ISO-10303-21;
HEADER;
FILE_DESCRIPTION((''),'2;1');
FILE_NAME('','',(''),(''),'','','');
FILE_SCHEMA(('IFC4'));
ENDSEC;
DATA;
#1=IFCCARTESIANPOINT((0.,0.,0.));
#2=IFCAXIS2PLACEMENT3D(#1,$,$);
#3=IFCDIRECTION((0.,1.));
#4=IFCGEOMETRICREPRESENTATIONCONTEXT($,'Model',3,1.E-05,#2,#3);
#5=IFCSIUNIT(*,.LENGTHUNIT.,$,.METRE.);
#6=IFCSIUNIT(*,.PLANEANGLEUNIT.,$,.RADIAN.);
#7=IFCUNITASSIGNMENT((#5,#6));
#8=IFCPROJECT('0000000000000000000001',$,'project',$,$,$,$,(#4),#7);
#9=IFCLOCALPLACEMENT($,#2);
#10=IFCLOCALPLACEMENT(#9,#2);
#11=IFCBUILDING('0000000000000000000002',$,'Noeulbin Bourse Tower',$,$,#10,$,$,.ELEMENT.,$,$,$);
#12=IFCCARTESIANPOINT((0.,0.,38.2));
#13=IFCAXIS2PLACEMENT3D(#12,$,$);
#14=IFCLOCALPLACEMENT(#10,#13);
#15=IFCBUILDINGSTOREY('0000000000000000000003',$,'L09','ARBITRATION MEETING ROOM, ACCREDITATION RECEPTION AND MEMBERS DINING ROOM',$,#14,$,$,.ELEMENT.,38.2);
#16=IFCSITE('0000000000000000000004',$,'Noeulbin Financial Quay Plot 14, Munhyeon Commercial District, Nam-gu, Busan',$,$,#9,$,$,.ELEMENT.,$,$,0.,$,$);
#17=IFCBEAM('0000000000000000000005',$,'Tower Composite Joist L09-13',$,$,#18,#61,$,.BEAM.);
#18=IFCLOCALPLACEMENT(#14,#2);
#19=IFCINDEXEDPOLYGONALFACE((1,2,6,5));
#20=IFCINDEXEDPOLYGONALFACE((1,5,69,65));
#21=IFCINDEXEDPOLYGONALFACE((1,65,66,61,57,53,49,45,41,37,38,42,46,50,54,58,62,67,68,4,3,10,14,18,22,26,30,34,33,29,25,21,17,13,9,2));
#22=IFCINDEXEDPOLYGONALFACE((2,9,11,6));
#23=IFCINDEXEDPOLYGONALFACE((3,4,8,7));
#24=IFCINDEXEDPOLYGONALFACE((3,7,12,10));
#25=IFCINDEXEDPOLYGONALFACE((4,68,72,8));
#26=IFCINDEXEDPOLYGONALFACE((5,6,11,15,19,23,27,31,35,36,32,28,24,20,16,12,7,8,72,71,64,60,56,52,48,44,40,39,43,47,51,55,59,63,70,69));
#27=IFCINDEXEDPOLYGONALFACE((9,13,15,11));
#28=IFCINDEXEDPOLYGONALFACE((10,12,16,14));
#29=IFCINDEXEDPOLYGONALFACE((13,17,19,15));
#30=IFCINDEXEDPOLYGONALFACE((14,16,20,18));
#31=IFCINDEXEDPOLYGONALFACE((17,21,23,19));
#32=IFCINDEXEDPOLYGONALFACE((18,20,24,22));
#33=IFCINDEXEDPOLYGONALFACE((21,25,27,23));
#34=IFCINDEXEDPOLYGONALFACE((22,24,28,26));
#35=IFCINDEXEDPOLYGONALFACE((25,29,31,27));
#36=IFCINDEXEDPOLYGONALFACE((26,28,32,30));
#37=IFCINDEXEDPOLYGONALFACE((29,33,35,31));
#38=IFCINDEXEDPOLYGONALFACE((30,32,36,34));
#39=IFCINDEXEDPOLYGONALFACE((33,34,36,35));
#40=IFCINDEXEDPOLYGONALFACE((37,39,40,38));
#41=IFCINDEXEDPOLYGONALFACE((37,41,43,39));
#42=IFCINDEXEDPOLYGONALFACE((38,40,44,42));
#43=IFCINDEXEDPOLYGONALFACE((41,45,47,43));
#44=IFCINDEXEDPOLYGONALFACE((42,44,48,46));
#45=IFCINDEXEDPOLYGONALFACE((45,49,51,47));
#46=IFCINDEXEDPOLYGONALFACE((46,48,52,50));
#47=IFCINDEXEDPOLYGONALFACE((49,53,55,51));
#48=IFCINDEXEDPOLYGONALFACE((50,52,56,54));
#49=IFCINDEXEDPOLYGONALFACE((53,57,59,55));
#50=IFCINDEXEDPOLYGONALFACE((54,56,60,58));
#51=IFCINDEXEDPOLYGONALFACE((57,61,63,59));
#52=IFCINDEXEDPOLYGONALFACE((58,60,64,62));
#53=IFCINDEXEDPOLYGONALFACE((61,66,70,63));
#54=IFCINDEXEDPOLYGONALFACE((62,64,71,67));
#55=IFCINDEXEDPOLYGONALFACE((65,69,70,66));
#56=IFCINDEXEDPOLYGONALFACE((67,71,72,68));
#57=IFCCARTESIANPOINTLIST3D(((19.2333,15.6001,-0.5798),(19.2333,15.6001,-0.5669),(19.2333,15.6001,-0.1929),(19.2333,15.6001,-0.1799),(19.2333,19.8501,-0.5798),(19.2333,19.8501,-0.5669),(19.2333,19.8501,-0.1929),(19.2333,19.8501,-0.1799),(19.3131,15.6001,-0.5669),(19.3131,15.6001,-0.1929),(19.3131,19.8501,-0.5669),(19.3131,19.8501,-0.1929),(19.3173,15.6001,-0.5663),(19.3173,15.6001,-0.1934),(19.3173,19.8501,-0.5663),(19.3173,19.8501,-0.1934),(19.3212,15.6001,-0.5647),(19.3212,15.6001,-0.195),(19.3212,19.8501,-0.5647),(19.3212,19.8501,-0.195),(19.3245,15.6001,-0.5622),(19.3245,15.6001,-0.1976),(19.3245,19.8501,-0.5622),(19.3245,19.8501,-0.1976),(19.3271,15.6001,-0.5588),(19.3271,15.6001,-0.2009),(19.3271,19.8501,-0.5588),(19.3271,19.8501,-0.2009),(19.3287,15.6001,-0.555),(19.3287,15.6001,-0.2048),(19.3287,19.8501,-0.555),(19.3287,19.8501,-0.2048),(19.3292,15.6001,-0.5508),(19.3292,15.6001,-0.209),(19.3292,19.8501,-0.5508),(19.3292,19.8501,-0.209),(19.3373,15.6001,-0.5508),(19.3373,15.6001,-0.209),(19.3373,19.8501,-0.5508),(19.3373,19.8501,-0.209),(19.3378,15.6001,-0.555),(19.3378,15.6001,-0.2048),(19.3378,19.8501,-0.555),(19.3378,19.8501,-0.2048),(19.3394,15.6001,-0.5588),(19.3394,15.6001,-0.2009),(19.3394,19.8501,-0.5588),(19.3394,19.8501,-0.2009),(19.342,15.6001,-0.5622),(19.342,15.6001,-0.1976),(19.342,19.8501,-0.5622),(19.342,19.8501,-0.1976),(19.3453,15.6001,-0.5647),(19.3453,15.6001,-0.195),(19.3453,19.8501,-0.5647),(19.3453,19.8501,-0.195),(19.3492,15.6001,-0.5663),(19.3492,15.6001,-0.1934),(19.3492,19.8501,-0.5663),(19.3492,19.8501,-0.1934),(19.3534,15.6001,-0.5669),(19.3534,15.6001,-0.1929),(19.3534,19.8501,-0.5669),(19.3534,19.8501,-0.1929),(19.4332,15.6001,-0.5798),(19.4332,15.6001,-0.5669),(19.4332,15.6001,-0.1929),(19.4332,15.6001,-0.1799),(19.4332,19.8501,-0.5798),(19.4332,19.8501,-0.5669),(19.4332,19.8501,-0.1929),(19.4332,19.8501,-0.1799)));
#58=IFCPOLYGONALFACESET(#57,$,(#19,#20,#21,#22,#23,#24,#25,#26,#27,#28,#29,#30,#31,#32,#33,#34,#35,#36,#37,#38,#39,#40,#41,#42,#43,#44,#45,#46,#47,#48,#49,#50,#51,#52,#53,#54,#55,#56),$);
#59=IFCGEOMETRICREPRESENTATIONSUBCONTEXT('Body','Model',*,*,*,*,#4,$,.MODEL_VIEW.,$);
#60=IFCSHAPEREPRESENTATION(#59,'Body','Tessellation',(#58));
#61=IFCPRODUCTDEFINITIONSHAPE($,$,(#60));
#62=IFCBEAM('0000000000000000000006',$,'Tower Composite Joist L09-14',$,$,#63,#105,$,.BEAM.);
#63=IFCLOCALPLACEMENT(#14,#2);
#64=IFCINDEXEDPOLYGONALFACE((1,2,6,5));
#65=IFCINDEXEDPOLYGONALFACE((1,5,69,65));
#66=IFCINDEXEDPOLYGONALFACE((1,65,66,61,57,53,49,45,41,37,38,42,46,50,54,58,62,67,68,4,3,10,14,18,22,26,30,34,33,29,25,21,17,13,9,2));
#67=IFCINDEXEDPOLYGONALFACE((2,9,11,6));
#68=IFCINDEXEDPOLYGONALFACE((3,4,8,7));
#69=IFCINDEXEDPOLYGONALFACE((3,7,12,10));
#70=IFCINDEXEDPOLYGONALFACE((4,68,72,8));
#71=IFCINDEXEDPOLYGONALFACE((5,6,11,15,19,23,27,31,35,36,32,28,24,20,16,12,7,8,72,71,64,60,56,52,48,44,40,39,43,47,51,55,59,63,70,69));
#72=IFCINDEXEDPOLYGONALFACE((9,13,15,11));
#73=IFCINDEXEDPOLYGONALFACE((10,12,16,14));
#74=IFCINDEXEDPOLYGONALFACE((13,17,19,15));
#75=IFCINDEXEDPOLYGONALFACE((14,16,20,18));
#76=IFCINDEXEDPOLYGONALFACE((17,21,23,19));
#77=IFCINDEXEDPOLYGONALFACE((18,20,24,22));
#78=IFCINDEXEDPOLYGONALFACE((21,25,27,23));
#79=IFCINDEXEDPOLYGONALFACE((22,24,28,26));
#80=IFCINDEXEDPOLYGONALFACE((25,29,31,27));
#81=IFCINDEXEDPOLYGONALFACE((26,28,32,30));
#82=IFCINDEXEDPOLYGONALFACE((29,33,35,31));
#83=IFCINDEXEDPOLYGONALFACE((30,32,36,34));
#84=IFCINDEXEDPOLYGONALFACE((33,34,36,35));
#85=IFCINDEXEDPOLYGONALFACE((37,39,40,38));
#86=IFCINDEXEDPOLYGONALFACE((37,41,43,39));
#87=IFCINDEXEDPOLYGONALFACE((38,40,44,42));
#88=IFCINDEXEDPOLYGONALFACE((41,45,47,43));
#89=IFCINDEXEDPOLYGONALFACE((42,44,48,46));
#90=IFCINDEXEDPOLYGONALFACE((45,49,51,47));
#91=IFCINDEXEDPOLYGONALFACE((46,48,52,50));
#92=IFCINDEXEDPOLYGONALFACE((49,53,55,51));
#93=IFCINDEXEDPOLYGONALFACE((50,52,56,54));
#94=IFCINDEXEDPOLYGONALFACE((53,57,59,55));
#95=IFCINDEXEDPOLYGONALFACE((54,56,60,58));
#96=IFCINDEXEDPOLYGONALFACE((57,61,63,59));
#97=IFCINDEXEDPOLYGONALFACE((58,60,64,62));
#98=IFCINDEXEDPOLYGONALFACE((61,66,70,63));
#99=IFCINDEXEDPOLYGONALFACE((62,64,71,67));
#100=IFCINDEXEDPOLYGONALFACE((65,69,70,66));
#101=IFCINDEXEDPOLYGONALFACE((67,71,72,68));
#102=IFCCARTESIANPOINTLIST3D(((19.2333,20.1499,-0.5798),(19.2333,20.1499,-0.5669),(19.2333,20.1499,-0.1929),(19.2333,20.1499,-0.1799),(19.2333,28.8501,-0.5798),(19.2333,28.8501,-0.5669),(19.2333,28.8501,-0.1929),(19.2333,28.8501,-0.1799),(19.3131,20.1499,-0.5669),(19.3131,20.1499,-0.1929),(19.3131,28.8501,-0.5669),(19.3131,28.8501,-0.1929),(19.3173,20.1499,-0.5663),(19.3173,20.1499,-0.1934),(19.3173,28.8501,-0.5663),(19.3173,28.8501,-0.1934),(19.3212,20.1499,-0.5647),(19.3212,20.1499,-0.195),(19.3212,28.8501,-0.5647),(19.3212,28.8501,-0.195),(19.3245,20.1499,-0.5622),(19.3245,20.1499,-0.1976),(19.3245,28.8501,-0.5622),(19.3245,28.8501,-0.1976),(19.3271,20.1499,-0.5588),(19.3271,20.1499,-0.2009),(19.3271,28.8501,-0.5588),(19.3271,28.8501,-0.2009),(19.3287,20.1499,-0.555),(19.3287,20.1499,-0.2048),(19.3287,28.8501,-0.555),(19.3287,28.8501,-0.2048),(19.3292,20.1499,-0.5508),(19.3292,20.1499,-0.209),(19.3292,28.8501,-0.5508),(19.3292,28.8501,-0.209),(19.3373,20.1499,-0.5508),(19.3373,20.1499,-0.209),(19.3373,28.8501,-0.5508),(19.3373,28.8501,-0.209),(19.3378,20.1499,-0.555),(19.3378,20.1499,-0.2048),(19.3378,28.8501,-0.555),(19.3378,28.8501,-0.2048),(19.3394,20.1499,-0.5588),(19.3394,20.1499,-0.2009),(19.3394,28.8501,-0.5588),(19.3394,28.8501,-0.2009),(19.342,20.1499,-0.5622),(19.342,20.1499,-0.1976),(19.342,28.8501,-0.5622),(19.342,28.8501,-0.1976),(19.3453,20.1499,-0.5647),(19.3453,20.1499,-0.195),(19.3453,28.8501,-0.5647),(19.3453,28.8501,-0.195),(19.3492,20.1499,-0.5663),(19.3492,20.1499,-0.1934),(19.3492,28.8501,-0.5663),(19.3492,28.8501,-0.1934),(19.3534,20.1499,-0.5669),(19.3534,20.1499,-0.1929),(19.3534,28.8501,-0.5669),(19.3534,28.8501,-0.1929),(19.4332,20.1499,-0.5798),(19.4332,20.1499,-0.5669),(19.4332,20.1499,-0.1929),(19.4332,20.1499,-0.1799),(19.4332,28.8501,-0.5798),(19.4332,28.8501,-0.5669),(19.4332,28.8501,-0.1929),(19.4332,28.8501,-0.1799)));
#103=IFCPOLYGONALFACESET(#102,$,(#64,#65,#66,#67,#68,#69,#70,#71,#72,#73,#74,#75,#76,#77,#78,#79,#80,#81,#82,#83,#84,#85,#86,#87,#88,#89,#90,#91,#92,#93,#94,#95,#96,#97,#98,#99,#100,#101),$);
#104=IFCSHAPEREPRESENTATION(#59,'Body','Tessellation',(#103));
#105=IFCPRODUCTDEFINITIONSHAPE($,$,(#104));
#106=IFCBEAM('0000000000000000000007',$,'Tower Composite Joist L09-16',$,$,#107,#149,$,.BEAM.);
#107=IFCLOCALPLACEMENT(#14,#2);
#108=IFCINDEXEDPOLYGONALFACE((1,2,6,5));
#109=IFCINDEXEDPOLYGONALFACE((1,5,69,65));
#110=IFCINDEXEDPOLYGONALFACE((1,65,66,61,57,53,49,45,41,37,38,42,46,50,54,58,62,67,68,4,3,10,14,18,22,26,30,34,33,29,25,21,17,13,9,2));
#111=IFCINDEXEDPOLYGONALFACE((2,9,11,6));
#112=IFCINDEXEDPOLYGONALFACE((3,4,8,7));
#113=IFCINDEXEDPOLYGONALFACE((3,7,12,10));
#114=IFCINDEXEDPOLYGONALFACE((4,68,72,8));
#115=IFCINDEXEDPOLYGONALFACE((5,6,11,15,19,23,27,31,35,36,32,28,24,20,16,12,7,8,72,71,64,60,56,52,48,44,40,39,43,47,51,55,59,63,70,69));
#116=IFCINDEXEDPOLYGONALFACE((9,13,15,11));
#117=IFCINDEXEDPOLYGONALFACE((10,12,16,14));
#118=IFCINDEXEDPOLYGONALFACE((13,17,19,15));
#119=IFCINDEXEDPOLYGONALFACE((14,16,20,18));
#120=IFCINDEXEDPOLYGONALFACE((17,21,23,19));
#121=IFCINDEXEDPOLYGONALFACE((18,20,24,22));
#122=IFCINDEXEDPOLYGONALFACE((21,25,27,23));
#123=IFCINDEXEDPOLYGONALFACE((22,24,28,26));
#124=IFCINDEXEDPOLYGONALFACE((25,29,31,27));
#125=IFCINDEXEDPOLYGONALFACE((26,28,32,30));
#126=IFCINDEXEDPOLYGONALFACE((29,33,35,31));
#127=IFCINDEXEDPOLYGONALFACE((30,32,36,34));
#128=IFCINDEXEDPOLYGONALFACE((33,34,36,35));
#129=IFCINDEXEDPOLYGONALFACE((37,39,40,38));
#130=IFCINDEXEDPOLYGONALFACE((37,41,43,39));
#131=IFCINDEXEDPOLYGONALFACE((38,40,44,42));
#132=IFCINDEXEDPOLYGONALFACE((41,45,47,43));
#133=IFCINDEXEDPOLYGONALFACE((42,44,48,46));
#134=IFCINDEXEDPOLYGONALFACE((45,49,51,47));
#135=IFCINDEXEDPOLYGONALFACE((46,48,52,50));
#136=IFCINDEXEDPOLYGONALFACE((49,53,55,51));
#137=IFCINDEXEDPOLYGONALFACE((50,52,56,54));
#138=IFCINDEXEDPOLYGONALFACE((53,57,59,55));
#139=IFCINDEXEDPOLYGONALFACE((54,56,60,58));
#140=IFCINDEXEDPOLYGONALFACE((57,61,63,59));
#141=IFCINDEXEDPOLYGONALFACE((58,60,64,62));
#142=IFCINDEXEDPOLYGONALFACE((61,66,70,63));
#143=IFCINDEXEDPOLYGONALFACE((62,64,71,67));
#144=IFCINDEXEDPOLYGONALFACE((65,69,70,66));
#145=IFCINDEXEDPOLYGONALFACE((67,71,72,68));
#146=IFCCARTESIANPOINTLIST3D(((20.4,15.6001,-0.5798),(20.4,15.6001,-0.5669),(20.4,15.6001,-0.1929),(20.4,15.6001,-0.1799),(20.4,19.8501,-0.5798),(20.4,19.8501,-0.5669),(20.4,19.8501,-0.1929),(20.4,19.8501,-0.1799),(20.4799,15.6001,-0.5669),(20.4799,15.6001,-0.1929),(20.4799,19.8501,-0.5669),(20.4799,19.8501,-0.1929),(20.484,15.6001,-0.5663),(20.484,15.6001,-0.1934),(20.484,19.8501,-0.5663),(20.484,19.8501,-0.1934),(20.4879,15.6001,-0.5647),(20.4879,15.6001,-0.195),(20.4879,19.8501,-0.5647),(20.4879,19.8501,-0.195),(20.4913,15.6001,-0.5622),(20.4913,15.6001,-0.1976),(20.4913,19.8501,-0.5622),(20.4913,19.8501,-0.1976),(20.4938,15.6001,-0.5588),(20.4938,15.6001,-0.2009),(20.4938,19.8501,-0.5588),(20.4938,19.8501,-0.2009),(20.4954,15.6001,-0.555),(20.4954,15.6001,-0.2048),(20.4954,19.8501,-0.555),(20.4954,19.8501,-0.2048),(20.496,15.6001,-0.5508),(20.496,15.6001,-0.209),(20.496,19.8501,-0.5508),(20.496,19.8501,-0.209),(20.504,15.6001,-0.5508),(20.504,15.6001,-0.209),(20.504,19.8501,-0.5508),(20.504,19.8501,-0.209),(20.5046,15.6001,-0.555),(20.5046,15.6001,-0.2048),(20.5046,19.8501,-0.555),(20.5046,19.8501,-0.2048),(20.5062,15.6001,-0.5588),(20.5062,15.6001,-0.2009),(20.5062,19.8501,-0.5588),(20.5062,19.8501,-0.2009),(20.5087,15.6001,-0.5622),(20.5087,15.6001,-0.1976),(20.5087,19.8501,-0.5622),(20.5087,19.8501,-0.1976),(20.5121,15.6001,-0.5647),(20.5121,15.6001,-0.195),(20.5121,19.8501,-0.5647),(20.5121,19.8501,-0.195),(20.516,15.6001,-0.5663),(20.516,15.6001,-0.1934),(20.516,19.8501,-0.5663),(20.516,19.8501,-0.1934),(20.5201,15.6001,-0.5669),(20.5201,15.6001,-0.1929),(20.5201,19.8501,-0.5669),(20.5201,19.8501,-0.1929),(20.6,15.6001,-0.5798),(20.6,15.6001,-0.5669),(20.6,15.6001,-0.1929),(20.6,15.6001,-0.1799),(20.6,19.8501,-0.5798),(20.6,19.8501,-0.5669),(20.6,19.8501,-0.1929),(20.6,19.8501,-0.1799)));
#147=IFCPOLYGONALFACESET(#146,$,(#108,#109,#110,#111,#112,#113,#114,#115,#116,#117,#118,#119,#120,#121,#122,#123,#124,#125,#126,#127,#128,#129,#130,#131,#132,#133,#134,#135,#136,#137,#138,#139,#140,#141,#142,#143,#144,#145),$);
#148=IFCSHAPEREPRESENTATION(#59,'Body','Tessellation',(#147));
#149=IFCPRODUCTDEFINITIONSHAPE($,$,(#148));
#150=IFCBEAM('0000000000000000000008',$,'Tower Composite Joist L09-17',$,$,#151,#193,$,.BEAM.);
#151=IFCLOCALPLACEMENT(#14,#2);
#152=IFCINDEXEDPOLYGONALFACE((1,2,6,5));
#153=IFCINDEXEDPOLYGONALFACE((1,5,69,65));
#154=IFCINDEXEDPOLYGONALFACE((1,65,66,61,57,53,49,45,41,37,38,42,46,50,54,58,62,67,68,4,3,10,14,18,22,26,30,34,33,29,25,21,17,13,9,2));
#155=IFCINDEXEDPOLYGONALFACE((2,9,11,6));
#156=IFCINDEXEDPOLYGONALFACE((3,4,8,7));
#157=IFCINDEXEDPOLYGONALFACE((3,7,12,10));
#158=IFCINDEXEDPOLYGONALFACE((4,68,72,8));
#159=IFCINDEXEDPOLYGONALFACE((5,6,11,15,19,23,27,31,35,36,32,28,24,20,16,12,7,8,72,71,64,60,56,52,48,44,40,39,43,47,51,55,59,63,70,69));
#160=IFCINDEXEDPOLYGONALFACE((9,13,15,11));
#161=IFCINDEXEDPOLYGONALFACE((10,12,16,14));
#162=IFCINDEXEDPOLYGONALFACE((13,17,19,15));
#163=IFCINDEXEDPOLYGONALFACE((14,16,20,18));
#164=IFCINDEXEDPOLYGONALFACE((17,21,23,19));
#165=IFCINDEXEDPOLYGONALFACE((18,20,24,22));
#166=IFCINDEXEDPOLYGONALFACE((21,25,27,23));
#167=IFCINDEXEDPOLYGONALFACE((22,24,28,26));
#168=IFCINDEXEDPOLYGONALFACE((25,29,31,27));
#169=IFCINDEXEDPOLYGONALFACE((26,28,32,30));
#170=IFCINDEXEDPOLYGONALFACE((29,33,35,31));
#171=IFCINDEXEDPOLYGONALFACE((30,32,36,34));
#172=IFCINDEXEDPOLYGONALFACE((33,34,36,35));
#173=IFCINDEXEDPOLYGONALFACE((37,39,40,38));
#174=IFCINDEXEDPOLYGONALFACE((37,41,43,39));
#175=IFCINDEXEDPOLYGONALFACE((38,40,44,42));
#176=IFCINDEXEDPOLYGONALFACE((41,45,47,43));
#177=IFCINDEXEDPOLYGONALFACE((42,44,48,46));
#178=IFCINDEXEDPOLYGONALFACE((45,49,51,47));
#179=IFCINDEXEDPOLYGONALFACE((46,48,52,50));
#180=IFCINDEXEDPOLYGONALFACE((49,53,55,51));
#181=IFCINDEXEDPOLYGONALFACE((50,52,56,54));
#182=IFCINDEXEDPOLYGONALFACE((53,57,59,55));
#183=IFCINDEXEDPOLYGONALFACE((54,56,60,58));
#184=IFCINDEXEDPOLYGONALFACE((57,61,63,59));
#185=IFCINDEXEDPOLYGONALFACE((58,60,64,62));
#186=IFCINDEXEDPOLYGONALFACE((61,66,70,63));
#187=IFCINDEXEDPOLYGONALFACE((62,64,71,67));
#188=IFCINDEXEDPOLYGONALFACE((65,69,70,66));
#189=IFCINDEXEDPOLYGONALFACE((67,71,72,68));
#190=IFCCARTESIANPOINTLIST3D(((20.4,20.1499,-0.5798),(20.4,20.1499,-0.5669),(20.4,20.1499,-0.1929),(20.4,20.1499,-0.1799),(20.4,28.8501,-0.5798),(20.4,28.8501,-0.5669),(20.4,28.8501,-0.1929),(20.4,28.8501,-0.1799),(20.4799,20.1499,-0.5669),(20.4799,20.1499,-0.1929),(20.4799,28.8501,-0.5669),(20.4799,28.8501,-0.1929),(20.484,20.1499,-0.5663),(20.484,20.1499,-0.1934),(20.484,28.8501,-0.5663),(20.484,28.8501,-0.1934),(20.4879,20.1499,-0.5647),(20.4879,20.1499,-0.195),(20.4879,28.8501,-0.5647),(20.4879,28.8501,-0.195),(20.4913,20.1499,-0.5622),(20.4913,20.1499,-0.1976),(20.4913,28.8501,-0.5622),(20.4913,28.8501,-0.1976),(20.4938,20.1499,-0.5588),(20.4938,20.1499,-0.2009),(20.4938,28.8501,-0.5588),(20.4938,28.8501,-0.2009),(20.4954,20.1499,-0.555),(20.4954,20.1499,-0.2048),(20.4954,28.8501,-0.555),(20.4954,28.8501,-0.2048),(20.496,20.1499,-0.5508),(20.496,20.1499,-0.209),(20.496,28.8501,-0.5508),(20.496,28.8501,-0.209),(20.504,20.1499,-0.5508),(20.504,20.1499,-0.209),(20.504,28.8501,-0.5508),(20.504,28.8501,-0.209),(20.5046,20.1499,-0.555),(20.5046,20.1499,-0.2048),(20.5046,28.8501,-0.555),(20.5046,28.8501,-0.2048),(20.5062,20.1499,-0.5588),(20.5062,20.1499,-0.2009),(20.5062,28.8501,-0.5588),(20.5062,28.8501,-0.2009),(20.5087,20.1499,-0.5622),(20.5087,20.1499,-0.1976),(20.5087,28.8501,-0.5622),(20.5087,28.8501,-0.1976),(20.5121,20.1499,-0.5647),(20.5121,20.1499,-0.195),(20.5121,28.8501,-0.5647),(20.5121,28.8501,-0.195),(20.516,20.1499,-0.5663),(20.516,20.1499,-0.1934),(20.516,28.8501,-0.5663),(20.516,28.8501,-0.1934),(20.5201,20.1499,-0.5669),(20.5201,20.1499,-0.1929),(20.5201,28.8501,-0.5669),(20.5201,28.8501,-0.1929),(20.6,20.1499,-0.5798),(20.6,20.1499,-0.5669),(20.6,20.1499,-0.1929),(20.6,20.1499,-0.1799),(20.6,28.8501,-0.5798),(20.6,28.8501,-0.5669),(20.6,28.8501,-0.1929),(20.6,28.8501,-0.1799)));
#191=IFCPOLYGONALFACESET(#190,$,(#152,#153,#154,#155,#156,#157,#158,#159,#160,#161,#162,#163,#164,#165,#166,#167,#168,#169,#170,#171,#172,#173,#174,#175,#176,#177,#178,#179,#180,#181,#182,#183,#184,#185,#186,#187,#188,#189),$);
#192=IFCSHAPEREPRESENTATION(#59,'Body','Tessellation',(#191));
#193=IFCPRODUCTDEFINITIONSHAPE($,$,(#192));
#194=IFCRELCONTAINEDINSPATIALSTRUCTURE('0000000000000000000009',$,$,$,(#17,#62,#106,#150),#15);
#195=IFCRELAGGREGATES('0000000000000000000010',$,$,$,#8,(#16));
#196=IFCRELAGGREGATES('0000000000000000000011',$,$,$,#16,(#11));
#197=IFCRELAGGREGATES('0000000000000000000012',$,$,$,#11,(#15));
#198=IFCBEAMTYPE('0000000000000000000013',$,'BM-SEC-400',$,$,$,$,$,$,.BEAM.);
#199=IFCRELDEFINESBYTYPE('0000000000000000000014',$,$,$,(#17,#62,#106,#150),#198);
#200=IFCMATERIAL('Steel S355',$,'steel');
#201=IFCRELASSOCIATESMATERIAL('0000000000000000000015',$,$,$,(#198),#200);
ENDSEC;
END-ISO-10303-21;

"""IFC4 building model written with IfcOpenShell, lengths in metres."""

from ifc_helpers import new_model, si_unit, direction, frame, origin, origin_2d, place, context, subcontext, project, spatial, i_section, extrude, material, material_profile, profile_set, type_object, element, save


model = new_model("IFC4")

# Units and contexts
model_context = context("Model", 3, precision=1e-05, world=origin(), true_north=direction((0.0, 1.0)))
body_context = subcontext(model_context, "Body", "Model", "MODEL_VIEW")
ifc_project = project(units=[si_unit("LENGTHUNIT", "METRE"), si_unit("PLANEANGLEUNIT", "RADIAN")], contexts=[model_context])

# Site, building, storey
site_placement = place(None, origin())
site = spatial("IfcSite", under=ifc_project, at=site_placement, Name="Noeulbin Financial Quay Plot 14, Munhyeon Commercial District, Nam-gu, Busan", CompositionType="ELEMENT", RefElevation=0.0)
building_placement = place(site_placement, origin())
building = spatial("IfcBuilding", under=site, at=building_placement, Name="Noeulbin Bourse Tower", CompositionType="ELEMENT")
storey_placement = place(building_placement, frame((0.0, 0.0, 38.2)))
storey = spatial("IfcBuildingStorey", under=building, at=storey_placement, Name="L09", Description="ARBITRATION MEETING ROOM, ACCREDITATION RECEPTION AND MEMBERS DINING ROOM", CompositionType="ELEMENT", Elevation=38.2)

# Beams
ifc_material_1 = material(Name="Steel S355", Category="steel")
ifc_material_profile_1 = material_profile(ifc_material_1, i_section(OverallWidth=0.2, OverallDepth=0.3999, WebThickness=0.0081, FlangeThickness=0.0129, FilletRadius=0.0161, at=origin_2d()), Name="H-400x200x8x13", Category="LoadBearing")
ifc_profile_set_1 = profile_set([ifc_material_profile_1], Name="Steel S355")
beam_type = type_object("IfcBeamType", Name="BM-SEC-400", PredefinedType="BEAM", material=ifc_profile_set_1)
beam_1_placement = place(storey_placement, frame((19.3333, 15.6001, -0.3799), z_axis=(0.0, 1.0, 0.0), x_axis=(-1.0, 0.0, 0.0)))
element("IfcBeam", 1, at=beam_1_placement, inside=storey, type_object=beam_type, Name="Tower Composite Joist L09-13", PredefinedType="BEAM", context=body_context, shape_type="SweptSolid", body=[
    extrude(i_section(OverallWidth=0.2, OverallDepth=0.3999, WebThickness=0.0081, FlangeThickness=0.0129, FilletRadius=0.0161, at=origin_2d()), origin(), (0.0, 0.0, 1.0), 4.25),
])
beam_2_placement = place(storey_placement, frame((19.3333, 20.1499, -0.3799), z_axis=(0.0, 1.0, 0.0), x_axis=(-1.0, 0.0, 0.0)))
element("IfcBeam", 2, at=beam_2_placement, inside=storey, type_object=beam_type, Name="Tower Composite Joist L09-14", PredefinedType="BEAM", context=body_context, shape_type="SweptSolid", body=[
    extrude(i_section(OverallWidth=0.2, OverallDepth=0.3999, WebThickness=0.0081, FlangeThickness=0.0129, FilletRadius=0.0161, at=origin_2d()), origin(), (0.0, 0.0, 1.0), 8.7002),
])
beam_3_placement = place(storey_placement, frame((20.5, 15.6001, -0.3799), z_axis=(0.0, 1.0, 0.0), x_axis=(-1.0, 0.0, 0.0)))
element("IfcBeam", 3, at=beam_3_placement, inside=storey, type_object=beam_type, Name="Tower Composite Joist L09-16", PredefinedType="BEAM", context=body_context, shape_type="SweptSolid", body=[
    extrude(i_section(OverallWidth=0.2, OverallDepth=0.3999, WebThickness=0.0081, FlangeThickness=0.0129, FilletRadius=0.0161, at=origin_2d()), origin(), (0.0, 0.0, 1.0), 4.25),
])
beam_4_placement = place(storey_placement, frame((20.5, 20.1499, -0.3799), z_axis=(0.0, 1.0, 0.0), x_axis=(-1.0, 0.0, 0.0)))
element("IfcBeam", 4, at=beam_4_placement, inside=storey, type_object=beam_type, Name="Tower Composite Joist L09-17", PredefinedType="BEAM", context=body_context, shape_type="SweptSolid", body=[
    extrude(i_section(OverallWidth=0.2, OverallDepth=0.3999, WebThickness=0.0081, FlangeThickness=0.0129, FilletRadius=0.0161, at=origin_2d()), origin(), (0.0, 0.0, 1.0), 8.7002),
])

save(model, "model.ifc")
